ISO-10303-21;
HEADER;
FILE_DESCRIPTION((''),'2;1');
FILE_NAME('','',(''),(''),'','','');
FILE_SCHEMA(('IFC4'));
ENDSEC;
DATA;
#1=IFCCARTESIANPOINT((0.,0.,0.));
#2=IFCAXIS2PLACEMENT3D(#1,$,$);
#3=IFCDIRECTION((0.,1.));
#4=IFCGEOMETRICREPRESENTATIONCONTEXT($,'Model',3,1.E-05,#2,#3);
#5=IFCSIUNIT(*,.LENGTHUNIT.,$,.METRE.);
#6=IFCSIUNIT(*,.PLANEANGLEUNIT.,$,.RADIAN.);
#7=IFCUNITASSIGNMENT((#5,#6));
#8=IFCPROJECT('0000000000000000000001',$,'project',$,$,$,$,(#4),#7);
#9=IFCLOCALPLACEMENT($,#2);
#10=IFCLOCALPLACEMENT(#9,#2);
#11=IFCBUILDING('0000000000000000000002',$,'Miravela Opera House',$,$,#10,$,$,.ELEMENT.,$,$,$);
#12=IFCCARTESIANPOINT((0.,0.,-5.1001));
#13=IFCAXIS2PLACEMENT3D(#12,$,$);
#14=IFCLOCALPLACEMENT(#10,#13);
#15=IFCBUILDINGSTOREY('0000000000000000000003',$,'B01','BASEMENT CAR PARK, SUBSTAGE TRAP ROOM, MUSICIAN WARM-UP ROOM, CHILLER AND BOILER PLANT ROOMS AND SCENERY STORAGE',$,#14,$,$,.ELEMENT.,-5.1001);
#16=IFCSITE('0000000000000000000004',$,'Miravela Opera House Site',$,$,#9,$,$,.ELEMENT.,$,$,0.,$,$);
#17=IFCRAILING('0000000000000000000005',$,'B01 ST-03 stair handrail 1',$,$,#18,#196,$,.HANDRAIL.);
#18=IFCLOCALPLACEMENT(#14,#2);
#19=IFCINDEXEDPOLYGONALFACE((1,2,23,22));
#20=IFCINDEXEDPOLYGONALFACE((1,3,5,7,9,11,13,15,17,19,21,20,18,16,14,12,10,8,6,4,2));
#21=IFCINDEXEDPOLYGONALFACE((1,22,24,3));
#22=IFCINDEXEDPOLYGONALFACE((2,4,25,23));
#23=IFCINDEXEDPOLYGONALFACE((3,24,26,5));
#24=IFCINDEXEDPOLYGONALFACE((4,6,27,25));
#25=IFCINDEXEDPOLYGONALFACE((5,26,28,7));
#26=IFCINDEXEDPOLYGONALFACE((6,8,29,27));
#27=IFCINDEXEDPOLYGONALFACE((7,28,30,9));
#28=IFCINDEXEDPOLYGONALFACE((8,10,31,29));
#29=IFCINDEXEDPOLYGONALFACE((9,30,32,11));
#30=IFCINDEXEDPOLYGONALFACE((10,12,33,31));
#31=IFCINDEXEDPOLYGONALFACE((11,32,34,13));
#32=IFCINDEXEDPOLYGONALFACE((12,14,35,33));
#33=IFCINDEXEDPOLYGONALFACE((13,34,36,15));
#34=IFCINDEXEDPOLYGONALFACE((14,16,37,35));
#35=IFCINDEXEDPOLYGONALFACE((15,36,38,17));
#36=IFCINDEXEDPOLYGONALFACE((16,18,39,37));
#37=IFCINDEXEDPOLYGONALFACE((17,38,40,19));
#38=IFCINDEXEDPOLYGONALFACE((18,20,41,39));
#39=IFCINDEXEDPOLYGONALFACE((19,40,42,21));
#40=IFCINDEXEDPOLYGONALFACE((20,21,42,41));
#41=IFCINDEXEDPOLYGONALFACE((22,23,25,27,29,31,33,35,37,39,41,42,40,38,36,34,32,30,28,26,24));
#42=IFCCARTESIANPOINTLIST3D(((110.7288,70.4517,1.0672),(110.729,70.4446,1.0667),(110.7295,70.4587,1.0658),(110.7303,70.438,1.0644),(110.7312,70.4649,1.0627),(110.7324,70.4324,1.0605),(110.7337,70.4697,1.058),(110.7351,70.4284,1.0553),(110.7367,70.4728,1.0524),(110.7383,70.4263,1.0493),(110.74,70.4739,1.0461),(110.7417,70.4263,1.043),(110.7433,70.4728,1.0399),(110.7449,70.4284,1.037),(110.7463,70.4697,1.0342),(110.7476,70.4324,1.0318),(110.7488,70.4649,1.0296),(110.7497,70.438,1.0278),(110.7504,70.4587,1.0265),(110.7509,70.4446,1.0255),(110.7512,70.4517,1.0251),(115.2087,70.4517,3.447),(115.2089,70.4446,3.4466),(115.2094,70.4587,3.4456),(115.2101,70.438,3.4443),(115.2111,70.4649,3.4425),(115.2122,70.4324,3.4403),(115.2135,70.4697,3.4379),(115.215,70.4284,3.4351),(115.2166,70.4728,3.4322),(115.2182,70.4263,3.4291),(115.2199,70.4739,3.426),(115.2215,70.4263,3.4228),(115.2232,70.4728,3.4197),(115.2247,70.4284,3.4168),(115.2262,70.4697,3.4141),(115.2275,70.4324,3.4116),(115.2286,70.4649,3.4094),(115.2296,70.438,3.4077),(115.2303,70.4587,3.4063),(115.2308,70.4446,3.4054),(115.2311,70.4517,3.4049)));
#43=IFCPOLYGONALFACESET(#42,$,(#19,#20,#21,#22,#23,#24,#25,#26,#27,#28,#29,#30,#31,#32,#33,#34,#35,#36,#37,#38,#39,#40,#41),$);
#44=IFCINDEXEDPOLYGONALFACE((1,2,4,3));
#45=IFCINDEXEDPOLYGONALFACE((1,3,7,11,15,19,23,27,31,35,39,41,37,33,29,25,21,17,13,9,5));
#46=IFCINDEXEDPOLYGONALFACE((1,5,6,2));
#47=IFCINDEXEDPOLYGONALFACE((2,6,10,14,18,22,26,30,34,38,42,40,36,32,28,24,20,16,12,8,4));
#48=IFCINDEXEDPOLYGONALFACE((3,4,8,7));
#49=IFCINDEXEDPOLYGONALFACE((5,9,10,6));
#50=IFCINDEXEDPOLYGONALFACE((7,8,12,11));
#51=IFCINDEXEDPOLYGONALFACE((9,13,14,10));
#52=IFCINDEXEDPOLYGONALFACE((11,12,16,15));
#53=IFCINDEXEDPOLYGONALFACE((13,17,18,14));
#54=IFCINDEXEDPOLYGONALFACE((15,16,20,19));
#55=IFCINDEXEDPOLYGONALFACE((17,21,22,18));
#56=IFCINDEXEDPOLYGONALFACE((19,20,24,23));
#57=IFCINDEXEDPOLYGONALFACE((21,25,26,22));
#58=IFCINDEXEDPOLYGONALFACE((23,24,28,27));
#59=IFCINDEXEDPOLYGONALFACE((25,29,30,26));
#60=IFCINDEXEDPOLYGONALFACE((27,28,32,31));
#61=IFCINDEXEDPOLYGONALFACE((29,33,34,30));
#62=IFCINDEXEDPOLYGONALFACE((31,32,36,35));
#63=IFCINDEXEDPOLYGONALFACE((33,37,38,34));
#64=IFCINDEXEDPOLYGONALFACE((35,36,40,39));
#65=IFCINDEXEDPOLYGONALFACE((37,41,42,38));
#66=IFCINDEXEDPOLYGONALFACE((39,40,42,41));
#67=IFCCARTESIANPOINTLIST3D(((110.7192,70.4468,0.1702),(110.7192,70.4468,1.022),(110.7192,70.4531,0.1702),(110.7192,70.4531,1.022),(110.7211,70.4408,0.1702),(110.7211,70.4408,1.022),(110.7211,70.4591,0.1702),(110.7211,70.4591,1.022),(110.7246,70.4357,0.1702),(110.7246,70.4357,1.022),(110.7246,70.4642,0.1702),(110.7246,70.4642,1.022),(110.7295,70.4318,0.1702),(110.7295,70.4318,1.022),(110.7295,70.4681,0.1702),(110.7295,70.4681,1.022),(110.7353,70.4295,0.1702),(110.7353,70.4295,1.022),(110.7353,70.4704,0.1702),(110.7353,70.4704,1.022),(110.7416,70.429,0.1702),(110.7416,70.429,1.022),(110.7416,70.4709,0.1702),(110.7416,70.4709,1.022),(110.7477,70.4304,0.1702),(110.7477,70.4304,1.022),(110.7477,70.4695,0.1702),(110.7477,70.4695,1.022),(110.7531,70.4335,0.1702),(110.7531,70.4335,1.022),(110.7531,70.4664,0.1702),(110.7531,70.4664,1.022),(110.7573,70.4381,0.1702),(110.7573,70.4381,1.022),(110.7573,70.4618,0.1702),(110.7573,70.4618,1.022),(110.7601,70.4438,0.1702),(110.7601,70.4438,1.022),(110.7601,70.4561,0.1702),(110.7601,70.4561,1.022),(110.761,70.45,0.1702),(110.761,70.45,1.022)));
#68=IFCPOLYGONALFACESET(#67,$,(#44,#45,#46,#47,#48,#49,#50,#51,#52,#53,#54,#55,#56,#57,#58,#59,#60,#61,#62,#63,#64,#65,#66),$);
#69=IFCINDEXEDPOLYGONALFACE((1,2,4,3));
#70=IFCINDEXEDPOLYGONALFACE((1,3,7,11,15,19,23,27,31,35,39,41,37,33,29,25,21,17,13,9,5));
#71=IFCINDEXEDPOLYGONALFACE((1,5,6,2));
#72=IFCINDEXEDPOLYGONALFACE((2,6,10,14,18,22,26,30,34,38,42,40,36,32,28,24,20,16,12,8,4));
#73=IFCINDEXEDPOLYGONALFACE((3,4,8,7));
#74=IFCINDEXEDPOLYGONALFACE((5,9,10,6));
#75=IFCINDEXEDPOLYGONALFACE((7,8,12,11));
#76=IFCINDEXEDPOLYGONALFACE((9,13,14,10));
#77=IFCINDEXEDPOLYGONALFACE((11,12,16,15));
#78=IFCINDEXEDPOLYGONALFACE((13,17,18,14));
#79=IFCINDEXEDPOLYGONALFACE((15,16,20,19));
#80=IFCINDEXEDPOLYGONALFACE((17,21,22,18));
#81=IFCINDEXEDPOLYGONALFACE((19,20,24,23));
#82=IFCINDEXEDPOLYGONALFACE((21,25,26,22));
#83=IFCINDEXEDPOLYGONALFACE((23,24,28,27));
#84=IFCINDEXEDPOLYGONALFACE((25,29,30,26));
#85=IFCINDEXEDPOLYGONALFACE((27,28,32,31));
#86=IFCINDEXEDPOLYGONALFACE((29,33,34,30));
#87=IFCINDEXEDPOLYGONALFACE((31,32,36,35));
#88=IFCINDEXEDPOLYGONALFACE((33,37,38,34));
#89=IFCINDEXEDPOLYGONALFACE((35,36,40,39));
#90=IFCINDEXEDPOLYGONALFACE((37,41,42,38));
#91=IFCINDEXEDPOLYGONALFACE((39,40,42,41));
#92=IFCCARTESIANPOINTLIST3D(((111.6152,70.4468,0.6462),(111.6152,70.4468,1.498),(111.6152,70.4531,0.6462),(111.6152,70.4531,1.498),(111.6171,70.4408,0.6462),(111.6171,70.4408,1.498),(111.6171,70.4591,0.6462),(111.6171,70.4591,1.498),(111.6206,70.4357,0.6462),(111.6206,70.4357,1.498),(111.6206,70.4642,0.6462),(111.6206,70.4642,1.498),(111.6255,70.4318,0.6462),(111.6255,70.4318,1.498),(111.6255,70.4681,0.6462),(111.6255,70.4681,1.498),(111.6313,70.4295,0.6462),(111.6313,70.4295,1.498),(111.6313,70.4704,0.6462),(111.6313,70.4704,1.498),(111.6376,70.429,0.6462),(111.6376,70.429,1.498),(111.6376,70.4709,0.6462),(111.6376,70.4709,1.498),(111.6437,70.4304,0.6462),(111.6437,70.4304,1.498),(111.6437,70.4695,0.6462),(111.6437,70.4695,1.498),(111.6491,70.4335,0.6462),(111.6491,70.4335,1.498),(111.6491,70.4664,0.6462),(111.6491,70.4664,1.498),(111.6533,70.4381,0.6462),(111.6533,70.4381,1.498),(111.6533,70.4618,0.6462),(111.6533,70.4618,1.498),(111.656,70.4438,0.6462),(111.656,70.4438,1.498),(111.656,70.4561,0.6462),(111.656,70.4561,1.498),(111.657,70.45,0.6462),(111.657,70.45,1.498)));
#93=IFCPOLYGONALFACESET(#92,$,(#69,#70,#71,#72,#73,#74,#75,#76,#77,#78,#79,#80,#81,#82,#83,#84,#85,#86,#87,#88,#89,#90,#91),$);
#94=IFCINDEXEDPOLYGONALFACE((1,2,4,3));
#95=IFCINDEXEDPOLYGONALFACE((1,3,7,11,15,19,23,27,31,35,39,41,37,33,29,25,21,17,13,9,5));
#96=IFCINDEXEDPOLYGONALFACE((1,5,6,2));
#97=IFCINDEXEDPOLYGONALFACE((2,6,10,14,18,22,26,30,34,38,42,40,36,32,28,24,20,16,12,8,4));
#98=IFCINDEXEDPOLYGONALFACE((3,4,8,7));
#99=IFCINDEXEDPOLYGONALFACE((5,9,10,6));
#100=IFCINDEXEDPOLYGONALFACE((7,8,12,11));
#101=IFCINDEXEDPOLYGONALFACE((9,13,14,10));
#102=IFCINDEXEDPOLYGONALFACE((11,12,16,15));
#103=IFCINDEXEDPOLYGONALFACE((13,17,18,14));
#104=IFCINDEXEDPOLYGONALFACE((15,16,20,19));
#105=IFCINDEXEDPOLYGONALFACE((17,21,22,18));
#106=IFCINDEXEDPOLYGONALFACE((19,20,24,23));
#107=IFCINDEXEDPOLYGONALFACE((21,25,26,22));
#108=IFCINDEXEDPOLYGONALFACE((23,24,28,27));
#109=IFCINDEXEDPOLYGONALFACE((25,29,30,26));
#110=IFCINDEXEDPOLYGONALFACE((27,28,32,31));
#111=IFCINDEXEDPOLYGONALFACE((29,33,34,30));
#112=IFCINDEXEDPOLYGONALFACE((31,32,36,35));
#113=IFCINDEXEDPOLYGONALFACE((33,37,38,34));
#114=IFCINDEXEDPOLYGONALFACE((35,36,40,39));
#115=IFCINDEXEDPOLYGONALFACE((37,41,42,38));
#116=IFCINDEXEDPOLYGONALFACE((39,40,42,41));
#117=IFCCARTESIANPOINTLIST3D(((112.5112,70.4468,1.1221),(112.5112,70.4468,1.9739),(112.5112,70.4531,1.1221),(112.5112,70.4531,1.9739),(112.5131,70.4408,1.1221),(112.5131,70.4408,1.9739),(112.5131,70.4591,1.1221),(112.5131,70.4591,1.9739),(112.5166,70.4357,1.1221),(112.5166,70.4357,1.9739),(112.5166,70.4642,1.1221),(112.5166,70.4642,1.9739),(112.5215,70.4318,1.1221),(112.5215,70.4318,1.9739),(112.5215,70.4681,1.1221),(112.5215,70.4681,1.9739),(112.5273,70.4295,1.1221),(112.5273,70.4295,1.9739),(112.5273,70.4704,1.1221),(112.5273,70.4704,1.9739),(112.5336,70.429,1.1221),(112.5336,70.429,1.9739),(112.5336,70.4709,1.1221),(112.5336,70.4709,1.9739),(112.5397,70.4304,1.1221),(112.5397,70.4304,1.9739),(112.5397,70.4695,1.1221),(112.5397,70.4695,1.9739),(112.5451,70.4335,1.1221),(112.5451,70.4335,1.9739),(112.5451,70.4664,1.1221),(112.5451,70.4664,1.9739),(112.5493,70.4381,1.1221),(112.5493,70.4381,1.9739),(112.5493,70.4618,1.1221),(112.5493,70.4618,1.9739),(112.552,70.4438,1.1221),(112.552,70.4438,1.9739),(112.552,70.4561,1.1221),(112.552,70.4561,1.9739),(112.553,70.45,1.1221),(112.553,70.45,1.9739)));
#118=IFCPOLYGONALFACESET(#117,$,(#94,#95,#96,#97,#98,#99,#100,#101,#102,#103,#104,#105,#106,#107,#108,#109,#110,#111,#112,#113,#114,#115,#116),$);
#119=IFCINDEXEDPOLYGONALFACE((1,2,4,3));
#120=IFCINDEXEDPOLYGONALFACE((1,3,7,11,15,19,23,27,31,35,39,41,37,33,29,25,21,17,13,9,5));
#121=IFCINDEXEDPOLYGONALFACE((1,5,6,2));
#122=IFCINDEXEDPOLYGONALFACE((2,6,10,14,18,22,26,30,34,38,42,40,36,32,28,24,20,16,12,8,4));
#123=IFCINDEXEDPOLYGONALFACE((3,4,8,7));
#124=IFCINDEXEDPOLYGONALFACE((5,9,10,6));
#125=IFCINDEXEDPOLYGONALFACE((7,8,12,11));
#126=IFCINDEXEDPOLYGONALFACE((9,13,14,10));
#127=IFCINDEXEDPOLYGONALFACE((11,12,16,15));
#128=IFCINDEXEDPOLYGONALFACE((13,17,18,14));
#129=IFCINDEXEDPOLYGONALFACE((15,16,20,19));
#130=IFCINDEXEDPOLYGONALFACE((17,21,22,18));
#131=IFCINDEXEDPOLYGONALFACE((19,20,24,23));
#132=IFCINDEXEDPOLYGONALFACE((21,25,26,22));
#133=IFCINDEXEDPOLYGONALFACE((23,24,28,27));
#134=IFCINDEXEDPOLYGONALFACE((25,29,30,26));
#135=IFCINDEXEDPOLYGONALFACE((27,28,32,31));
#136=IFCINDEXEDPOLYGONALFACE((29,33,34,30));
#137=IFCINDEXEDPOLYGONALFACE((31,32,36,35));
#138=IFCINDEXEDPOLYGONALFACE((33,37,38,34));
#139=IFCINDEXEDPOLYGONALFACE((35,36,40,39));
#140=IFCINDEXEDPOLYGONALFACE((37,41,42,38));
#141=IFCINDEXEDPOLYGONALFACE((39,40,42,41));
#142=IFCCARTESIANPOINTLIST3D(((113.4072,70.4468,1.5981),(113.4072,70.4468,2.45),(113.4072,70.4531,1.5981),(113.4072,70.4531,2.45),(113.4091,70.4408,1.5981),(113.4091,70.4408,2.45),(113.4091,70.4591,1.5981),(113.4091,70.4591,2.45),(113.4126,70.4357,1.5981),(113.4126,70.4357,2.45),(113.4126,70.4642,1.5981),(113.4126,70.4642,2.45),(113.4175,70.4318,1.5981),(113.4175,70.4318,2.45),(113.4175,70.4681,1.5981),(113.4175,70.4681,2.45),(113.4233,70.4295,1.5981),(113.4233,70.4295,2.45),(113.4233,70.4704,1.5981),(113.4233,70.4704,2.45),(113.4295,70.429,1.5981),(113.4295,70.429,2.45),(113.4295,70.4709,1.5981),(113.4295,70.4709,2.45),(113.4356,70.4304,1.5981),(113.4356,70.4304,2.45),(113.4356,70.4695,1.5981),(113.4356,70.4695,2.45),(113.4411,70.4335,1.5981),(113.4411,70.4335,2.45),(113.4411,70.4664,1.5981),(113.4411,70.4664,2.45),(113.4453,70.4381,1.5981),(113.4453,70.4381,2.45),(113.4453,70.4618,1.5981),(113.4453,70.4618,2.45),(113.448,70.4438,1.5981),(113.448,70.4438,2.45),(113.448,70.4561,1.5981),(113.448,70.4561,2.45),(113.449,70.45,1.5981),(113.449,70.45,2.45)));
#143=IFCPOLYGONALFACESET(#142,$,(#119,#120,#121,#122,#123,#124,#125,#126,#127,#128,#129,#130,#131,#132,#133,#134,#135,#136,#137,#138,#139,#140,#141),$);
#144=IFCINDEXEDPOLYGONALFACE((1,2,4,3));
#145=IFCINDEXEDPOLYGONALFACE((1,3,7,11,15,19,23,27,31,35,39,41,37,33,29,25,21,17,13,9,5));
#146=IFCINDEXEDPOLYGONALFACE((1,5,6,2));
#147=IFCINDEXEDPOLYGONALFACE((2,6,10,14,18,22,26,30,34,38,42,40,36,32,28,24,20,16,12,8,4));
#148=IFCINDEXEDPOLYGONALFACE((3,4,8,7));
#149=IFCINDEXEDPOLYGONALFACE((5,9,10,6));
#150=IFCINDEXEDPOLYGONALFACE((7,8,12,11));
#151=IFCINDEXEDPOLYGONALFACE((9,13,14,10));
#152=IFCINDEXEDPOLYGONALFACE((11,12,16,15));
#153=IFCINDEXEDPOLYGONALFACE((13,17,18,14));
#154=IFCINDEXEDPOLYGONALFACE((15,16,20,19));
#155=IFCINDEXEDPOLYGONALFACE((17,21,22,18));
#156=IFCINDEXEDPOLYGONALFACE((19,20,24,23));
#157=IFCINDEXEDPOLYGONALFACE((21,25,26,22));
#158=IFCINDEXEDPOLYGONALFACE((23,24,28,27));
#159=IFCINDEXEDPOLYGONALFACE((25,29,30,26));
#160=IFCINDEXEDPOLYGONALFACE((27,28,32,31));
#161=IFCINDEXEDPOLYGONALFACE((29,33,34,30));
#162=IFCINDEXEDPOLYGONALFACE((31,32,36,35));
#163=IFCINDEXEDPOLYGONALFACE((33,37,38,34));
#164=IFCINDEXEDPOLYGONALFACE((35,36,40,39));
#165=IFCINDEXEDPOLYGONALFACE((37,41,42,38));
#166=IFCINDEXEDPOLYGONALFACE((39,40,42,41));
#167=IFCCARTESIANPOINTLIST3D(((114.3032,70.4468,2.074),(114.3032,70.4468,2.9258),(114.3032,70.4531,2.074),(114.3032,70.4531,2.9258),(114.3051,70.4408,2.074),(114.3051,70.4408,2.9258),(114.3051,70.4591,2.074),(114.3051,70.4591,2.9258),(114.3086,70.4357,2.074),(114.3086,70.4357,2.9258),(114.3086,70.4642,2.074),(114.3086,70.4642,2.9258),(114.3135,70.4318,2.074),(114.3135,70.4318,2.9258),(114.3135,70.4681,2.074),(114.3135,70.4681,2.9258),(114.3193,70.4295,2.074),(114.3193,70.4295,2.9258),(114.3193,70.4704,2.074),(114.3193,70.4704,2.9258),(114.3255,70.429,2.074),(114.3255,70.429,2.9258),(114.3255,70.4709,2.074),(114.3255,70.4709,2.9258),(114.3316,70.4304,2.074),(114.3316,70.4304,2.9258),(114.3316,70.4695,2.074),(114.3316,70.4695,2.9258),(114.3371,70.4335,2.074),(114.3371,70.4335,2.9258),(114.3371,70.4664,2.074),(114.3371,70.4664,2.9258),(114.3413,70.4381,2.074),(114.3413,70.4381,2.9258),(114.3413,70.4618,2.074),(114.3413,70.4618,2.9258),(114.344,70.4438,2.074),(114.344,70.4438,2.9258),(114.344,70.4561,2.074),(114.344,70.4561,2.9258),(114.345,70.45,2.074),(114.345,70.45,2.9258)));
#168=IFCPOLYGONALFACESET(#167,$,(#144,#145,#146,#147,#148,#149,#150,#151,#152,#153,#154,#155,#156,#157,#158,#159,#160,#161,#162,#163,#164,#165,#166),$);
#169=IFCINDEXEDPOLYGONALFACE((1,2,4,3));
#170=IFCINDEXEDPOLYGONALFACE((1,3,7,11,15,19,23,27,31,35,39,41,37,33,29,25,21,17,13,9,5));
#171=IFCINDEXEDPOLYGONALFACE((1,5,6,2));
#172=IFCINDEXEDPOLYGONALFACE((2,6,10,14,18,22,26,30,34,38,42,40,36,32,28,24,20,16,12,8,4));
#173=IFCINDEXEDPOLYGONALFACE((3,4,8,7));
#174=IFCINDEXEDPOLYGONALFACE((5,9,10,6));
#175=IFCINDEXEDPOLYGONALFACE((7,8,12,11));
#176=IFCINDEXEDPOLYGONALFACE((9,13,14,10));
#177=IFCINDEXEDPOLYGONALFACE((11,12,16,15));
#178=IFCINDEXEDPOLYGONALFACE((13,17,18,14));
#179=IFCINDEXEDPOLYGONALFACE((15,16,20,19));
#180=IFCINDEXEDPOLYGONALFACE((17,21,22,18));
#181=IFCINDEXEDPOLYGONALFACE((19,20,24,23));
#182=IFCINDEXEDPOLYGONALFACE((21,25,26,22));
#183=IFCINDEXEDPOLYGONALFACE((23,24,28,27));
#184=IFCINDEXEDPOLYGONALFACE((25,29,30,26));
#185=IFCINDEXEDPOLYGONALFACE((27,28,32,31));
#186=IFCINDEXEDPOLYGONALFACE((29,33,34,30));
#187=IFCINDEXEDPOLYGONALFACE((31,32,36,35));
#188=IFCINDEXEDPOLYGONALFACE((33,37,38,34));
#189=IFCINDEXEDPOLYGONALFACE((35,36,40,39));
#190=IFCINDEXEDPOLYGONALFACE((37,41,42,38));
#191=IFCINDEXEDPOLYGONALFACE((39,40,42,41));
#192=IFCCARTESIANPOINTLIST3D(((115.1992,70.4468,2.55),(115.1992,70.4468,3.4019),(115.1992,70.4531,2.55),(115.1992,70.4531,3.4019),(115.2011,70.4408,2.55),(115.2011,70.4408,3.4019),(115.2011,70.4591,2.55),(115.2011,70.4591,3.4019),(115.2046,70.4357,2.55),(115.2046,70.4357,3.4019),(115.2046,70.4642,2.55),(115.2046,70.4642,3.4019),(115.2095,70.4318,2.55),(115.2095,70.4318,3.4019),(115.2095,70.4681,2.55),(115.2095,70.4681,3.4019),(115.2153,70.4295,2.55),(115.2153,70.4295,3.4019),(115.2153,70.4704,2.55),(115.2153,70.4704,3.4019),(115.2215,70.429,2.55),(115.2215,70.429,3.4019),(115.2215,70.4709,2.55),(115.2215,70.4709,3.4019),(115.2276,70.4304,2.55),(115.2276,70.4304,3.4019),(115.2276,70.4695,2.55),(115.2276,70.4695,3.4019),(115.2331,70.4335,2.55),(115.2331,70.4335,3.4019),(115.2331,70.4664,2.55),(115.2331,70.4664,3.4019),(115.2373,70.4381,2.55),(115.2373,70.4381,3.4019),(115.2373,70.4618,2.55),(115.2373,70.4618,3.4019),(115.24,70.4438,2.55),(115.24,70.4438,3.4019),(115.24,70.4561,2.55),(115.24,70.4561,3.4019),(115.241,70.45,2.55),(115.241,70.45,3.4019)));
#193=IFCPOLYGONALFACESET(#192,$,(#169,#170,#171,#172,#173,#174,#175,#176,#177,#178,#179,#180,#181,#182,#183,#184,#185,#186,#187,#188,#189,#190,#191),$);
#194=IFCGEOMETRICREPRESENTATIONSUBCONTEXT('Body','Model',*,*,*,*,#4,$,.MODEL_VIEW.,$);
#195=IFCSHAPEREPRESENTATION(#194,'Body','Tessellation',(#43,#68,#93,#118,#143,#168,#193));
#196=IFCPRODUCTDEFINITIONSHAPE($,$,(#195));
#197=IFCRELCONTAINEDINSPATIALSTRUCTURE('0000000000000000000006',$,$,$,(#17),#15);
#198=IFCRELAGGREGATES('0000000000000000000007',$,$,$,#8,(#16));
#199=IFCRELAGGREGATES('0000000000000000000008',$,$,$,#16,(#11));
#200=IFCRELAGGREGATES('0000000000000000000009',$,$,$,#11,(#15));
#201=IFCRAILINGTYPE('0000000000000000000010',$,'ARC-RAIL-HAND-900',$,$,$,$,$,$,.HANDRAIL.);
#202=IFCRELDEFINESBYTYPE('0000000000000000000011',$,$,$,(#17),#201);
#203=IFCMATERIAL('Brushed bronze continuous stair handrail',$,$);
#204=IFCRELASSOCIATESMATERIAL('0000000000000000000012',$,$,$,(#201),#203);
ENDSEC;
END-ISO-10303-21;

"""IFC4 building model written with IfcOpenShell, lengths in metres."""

from ifc_helpers import new_model, si_unit, direction, frame, origin, origin_2d, place, context, subcontext, project, spatial, circle, extrude, material, type_object, element, save


model = new_model("IFC4")

# Units and contexts
model_context = context("Model", 3, precision=1e-05, world=origin(), true_north=direction((0.0, 1.0)))
body_context = subcontext(model_context, "Body", "Model", "MODEL_VIEW")
ifc_project = project(units=[si_unit("LENGTHUNIT", "METRE"), si_unit("PLANEANGLEUNIT", "RADIAN")], contexts=[model_context])

# Site, building, storey
site_placement = place(None, origin())
site = spatial("IfcSite", under=ifc_project, at=site_placement, Name="Miravela Opera House Site", CompositionType="ELEMENT", RefElevation=0.0)
building_placement = place(site_placement, origin())
building = spatial("IfcBuilding", under=site, at=building_placement, Name="Miravela Opera House", CompositionType="ELEMENT")
storey_placement = place(building_placement, frame((0.0, 0.0, -5.1001)))
storey = spatial("IfcBuildingStorey", under=building, at=storey_placement, Name="B01", Description="BASEMENT CAR PARK, SUBSTAGE TRAP ROOM, MUSICIAN WARM-UP ROOM, CHILLER AND BOILER PLANT ROOMS AND SCENERY STORAGE", CompositionType="ELEMENT", Elevation=-5.1001)

# Railing
ifc_material_1 = material(Name="Brushed bronze continuous stair handrail")
railing_type_1 = type_object("IfcRailingType", Name="ARC-RAIL-HAND-900", PredefinedType="HANDRAIL", material=ifc_material_1)
railing_1_placement = place(storey_placement, frame((110.74, 70.45, 0.1702)))
element("IfcRailing", 1, at=railing_1_placement, inside=storey, type_object=railing_type_1, Name="B01 ST-03 stair handrail 1", PredefinedType="HANDRAIL", context=body_context, shape_type="SweptSolid", body=[
    extrude(circle(Radius=0.0239, at=origin_2d()), frame((0.0, 0.0, 0.876), z_axis=(0.883124, 0.0, 0.469139), x_axis=(0.0, 1.0, 0.0)), (0.0, 0.0, 1.0), 5.0728),
    extrude(circle(Radius=0.021, at=origin_2d()), origin(), (0.0, 0.0, 1.0), 0.8518),
    extrude(circle(Radius=0.021, at=origin_2d()), frame((0.896, 0.0, 0.4761)), (0.0, 0.0, 1.0), 0.8518),
    extrude(circle(Radius=0.021, at=origin_2d()), frame((1.792, 0.0, 0.9519)), (0.0, 0.0, 1.0), 0.8518),
    extrude(circle(Radius=0.021, at=origin_2d()), frame((2.688, 0.0, 1.428)), (0.0, 0.0, 1.0), 0.8518),
    extrude(circle(Radius=0.021, at=origin_2d()), frame((3.584, 0.0, 1.9038)), (0.0, 0.0, 1.0), 0.8518),
    extrude(circle(Radius=0.021, at=origin_2d()), frame((4.48, 0.0, 2.3799)), (0.0, 0.0, 1.0), 0.8518),
])

save(model, "model.ifc")
